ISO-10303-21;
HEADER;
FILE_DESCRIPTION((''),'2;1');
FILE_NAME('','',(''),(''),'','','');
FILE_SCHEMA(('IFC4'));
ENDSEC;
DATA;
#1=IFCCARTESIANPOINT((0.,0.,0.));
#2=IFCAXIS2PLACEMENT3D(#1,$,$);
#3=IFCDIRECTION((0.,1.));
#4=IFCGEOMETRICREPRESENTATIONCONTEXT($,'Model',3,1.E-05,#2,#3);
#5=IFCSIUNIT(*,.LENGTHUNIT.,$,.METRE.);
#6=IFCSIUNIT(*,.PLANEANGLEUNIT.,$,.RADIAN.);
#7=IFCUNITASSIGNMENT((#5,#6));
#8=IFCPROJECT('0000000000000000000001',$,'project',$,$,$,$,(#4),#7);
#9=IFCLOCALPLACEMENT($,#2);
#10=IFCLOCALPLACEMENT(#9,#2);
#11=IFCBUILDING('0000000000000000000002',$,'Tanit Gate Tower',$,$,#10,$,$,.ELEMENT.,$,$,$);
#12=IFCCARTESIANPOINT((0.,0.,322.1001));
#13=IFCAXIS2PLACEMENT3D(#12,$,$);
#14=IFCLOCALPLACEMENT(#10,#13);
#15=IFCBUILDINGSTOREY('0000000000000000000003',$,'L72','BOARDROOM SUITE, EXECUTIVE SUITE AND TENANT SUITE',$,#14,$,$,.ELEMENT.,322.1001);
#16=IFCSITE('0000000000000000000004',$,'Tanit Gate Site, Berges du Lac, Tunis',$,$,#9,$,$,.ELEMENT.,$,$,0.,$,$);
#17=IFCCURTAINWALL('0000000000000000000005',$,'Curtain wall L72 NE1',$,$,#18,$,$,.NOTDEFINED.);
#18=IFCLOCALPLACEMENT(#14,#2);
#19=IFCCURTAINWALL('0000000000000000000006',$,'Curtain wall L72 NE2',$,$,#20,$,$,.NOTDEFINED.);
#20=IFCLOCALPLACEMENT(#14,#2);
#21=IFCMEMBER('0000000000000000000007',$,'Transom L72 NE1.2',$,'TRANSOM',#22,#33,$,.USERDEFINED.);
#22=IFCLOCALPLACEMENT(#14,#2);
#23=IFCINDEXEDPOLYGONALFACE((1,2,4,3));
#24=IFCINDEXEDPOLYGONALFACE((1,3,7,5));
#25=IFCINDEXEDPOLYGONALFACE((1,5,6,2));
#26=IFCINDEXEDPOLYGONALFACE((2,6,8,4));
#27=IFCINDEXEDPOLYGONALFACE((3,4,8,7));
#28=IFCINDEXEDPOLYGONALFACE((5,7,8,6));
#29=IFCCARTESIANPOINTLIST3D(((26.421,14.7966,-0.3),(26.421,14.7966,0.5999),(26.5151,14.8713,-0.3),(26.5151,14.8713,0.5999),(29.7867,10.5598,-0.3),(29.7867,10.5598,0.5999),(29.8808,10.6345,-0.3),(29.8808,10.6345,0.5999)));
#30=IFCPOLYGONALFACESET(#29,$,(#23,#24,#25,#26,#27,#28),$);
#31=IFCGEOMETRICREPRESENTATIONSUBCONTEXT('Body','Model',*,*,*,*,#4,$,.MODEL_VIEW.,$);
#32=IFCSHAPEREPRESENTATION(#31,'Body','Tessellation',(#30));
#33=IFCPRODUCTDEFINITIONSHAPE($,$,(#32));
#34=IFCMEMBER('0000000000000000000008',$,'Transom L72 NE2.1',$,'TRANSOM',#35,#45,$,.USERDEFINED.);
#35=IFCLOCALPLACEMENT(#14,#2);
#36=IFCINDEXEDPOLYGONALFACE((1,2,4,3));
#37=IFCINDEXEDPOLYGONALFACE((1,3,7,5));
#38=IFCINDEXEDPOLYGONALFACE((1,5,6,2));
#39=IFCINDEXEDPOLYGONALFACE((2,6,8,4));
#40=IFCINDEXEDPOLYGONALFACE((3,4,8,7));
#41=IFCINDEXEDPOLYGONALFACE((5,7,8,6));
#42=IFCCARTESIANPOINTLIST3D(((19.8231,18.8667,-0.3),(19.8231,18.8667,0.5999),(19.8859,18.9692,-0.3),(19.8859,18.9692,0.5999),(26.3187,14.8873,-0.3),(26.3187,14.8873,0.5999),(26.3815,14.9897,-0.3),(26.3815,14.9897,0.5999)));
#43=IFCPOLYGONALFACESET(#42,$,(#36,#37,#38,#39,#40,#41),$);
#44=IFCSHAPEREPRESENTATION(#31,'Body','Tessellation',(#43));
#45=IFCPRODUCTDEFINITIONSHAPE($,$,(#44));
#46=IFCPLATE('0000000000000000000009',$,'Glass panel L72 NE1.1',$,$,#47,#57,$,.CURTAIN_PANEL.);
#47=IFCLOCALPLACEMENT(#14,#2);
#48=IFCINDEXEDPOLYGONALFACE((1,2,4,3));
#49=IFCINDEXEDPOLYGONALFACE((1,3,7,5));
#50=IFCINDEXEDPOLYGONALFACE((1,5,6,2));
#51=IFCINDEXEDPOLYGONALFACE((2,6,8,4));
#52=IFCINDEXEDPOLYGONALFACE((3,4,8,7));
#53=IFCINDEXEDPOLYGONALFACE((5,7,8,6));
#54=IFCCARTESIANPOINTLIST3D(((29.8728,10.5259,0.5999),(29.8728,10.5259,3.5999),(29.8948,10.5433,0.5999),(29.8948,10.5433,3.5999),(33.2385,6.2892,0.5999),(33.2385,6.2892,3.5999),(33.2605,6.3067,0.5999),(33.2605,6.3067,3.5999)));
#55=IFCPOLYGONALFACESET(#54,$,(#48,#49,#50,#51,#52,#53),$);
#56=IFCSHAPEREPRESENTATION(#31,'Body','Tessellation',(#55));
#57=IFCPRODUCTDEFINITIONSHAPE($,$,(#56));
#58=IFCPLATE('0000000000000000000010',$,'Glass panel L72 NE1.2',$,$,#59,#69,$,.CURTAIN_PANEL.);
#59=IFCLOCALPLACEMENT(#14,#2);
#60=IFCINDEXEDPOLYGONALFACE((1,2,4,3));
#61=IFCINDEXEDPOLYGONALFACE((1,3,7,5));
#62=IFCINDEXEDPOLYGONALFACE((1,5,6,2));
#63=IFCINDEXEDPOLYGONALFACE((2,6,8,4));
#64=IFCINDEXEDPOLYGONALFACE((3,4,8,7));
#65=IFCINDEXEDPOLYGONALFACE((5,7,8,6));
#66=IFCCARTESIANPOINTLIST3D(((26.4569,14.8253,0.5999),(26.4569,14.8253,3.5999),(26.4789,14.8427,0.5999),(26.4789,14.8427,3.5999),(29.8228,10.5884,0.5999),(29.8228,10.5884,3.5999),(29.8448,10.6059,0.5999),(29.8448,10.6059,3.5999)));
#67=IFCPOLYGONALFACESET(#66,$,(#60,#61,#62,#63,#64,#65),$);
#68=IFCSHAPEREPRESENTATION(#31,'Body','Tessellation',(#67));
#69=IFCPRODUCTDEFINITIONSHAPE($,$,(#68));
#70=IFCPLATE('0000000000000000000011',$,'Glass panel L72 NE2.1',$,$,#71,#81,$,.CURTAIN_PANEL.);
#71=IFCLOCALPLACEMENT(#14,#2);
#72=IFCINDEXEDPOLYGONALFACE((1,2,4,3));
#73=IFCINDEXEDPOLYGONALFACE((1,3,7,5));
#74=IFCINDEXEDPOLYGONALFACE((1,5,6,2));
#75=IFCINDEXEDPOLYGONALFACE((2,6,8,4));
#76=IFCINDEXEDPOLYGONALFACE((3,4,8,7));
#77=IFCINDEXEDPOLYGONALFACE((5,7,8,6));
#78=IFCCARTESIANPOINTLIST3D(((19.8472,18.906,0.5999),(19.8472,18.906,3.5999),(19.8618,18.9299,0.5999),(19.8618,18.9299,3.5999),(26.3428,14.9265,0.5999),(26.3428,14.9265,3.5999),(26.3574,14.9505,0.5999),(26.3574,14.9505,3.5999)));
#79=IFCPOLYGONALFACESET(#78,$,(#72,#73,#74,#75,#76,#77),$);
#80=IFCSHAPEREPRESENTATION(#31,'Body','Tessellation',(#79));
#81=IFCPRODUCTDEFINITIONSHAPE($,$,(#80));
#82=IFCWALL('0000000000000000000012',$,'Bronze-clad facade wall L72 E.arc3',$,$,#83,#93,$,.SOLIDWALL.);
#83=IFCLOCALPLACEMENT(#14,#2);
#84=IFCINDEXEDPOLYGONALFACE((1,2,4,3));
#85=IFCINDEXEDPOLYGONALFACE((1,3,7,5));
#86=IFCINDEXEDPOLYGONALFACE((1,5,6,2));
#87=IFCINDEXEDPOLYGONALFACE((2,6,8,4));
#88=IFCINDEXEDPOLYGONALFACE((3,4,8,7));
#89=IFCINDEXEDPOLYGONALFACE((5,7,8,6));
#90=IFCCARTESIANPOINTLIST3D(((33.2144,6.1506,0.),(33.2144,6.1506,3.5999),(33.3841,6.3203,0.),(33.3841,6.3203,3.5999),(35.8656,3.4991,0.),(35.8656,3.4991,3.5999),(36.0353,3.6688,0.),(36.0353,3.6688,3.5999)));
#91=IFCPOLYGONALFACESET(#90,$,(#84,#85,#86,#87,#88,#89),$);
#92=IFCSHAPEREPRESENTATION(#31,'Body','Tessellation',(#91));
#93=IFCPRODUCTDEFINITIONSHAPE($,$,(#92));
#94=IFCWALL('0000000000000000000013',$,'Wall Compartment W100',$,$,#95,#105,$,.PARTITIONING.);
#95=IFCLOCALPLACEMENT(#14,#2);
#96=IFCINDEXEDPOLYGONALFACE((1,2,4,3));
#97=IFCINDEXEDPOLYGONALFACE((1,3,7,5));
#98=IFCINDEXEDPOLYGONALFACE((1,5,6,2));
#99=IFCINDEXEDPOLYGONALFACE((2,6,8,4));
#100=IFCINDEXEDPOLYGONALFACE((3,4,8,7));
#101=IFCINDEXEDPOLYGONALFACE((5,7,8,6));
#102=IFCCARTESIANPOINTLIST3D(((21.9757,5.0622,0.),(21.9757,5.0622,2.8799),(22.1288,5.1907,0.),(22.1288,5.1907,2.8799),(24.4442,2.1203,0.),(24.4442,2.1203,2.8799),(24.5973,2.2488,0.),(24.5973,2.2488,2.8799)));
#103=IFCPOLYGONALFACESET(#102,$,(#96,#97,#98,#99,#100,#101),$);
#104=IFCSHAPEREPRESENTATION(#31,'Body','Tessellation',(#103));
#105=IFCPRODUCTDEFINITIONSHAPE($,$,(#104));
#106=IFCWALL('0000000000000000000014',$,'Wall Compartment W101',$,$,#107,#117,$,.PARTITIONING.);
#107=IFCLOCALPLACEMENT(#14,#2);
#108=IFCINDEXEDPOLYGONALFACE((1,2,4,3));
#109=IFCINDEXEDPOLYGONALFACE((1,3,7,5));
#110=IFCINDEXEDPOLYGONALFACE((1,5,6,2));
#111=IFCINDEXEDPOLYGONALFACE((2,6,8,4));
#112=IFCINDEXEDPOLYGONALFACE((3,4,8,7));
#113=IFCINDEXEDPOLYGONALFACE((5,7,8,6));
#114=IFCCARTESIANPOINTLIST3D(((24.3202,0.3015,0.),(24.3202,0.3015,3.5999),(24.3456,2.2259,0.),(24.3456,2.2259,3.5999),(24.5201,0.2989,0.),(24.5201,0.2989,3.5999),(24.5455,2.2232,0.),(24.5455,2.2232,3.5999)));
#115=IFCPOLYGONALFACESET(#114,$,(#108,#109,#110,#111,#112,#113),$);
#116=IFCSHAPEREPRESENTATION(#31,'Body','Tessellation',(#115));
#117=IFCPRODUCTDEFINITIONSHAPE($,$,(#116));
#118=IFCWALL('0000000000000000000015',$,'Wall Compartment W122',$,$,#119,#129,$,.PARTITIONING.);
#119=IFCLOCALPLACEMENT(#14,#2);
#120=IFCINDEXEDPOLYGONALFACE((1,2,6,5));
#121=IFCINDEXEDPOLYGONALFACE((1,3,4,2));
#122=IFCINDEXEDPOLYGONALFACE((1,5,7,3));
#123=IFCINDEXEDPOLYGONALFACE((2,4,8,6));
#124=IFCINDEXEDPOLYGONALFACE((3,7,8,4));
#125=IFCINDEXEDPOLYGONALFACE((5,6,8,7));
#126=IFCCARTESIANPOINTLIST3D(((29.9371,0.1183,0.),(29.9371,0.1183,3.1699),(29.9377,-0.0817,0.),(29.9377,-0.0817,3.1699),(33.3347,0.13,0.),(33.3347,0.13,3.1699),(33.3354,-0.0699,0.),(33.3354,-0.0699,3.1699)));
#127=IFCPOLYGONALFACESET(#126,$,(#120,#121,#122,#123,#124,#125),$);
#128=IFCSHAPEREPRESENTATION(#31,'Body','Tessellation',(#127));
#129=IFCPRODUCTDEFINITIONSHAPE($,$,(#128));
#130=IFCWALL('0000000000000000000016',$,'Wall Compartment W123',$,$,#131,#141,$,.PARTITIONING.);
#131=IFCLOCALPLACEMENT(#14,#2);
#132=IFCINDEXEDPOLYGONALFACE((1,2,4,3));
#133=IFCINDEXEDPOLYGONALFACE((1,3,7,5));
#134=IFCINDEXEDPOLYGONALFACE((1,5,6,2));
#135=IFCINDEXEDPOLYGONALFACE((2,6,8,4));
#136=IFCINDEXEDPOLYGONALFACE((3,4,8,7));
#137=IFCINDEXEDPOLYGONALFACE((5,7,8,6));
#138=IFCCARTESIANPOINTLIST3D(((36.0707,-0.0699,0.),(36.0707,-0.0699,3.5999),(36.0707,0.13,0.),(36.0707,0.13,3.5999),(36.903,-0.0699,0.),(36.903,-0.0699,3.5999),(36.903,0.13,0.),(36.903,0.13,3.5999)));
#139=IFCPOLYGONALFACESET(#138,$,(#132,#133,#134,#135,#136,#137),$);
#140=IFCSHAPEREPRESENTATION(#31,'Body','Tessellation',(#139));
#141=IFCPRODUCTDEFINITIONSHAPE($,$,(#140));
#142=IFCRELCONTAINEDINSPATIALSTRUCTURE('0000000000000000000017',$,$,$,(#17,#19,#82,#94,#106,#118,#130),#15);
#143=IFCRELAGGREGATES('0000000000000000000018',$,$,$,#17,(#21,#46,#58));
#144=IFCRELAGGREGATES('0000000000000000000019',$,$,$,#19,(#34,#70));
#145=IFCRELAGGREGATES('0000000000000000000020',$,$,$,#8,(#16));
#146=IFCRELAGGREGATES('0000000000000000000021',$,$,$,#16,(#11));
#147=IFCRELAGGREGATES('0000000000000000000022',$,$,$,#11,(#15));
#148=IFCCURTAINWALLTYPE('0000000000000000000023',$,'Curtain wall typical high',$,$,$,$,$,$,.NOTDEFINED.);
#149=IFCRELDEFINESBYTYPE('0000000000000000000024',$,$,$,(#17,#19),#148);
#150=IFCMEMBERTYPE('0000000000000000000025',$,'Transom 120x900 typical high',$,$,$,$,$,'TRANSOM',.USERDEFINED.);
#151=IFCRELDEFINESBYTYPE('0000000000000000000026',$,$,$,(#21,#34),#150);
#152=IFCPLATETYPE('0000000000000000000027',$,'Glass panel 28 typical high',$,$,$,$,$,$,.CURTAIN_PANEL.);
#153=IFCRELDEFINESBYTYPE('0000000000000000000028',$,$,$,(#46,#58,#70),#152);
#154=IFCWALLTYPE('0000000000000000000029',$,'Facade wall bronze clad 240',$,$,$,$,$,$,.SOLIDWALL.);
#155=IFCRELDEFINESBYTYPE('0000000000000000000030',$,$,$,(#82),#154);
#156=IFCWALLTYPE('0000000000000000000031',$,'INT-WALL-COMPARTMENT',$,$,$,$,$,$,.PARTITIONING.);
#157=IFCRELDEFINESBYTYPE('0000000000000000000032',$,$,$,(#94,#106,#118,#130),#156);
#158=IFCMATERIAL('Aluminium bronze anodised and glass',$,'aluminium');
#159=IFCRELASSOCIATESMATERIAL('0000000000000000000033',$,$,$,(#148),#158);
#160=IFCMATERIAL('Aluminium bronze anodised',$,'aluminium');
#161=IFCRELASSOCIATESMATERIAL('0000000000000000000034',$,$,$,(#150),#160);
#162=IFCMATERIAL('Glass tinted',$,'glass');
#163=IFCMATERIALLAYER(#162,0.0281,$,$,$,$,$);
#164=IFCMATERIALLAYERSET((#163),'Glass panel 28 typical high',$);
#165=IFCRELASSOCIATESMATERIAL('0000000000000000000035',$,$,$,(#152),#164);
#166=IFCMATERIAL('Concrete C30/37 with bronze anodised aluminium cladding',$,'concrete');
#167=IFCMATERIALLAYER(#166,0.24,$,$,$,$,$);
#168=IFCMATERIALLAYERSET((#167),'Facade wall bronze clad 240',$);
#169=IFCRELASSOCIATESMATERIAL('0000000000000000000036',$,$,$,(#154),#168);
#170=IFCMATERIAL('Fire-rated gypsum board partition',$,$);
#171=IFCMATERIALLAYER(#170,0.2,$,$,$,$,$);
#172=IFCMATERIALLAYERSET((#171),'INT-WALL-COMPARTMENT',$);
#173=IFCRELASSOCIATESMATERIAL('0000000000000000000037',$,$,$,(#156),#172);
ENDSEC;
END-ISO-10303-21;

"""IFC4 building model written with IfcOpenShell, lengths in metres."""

from ifc_helpers import new_model, si_unit, direction, frame, frame_2d, origin, origin_2d, place, context, subcontext, project, spatial, rectangle, extrude, material, layer, layer_set, material_profile, profile_set, type_object, element, aggregate, save


model = new_model("IFC4")

# Units and contexts
model_context = context("Model", 3, precision=1e-05, world=origin(), true_north=direction((0.0, 1.0)))
body_context = subcontext(model_context, "Body", "Model", "MODEL_VIEW")
ifc_project = project(units=[si_unit("LENGTHUNIT", "METRE"), si_unit("PLANEANGLEUNIT", "RADIAN")], contexts=[model_context])

# Site, building, storey
site_placement = place(None, origin())
site = spatial("IfcSite", under=ifc_project, at=site_placement, Name="Tanit Gate Site, Berges du Lac, Tunis", CompositionType="ELEMENT", RefElevation=0.0)
building_placement = place(site_placement, origin())
building = spatial("IfcBuilding", under=site, at=building_placement, Name="Tanit Gate Tower", CompositionType="ELEMENT")
storey_placement = place(building_placement, frame((0.0, 0.0, 322.1001)))
storey = spatial("IfcBuildingStorey", under=building, at=storey_placement, Name="L72", Description="BOARDROOM SUITE, EXECUTIVE SUITE AND TENANT SUITE", CompositionType="ELEMENT", Elevation=322.1001)

# Curtain walls
ifc_material_1 = material(Name="Aluminium bronze anodised and glass", Category="aluminium")
curtain_wall_type = type_object("IfcCurtainWallType", Name="Curtain wall typical high", PredefinedType="NOTDEFINED", material=ifc_material_1)
curtain_wall_1_placement = place(storey_placement, origin())
curtain_wall_1 = element("IfcCurtainWall", 1, at=curtain_wall_1_placement, inside=storey, type_object=curtain_wall_type, Name="Curtain wall L72 NE1", PredefinedType="NOTDEFINED")
curtain_wall_2_placement = place(storey_placement, origin())
curtain_wall_2 = element("IfcCurtainWall", 2, at=curtain_wall_2_placement, inside=storey, type_object=curtain_wall_type, Name="Curtain wall L72 NE2", PredefinedType="NOTDEFINED")

# Members
ifc_material_2 = material(Name="Aluminium bronze anodised", Category="aluminium")
ifc_material_profile_1 = material_profile(ifc_material_2, rectangle(XDim=0.1201, YDim=0.8999, at=origin_2d()), Name="120x900 bronze transom")
ifc_profile_set_1 = profile_set([ifc_material_profile_1], Name="Aluminium bronze anodised")
member_type_1 = type_object("IfcMemberType", Name="Transom 120x900 typical high", ElementType="TRANSOM", PredefinedType="USERDEFINED", material=ifc_profile_set_1)
member_1_placement = place(storey_placement, frame((29.8337, 10.5972, 0.1499), z_axis=(-0.622017, 0.783004, 0.0), x_axis=(-0.783004, -0.622017, 0.0)))
member_1 = element("IfcMember", 3, at=member_1_placement, type_object=member_type_1, Name="Transom L72 NE1.2", ObjectType="TRANSOM", PredefinedType="USERDEFINED", context=body_context, shape_type="SweptSolid", body=[
    extrude(rectangle(XDim=0.1201, YDim=0.8999, at=origin_2d()), origin(), (0.0, 0.0, 1.0), 5.4109),
])
member_2_placement = place(storey_placement, frame((26.3501, 14.9385, 0.1499), z_axis=(-0.8527, 0.522401, 0.0), x_axis=(-0.522401, -0.8527, 0.0)))
member_2 = element("IfcMember", 4, at=member_2_placement, type_object=member_type_1, Name="Transom L72 NE2.1", ObjectType="TRANSOM", PredefinedType="USERDEFINED", context=body_context, shape_type="SweptSolid", body=[
    extrude(rectangle(XDim=0.1201, YDim=0.8999, at=origin_2d()), origin(), (0.0, 0.0, 1.0), 7.6177),
])

# Plates
ifc_material_3 = material(Name="Glass tinted", Category="glass")
ifc_layer_1 = layer(ifc_material_3, 0.0281)
ifc_layer_set_1 = layer_set([ifc_layer_1], Name="Glass panel 28 typical high")
plate_type = type_object("IfcPlateType", Name="Glass panel 28 typical high", PredefinedType="CURTAIN_PANEL", material=ifc_layer_set_1)
plate_1_placement = place(storey_placement, frame((31.5667, 8.4163, 0.5999), z_axis=(0.0, 0.0, 1.0), x_axis=(-0.622036, 0.782989, 0.0)))
plate_1 = element("IfcPlate", 5, at=plate_1_placement, type_object=plate_type, Name="Glass panel L72 NE1.1", PredefinedType="CURTAIN_PANEL", context=body_context, shape_type="SweptSolid", body=[
    extrude(rectangle(XDim=5.4109, YDim=0.0281, at=origin_2d()), origin(), (0.0, 0.0, 1.0), 3.0),
])
plate_2_placement = place(storey_placement, frame((28.1509, 12.7156, 0.5999), z_axis=(0.0, 0.0, 1.0), x_axis=(-0.622036, 0.782989, 0.0)))
plate_2 = element("IfcPlate", 6, at=plate_2_placement, type_object=plate_type, Name="Glass panel L72 NE1.2", PredefinedType="CURTAIN_PANEL", context=body_context, shape_type="SweptSolid", body=[
    extrude(rectangle(XDim=5.4111, YDim=0.0281, at=origin_2d()), origin(), (0.0, 0.0, 1.0), 3.0),
])
aggregate(curtain_wall_1, [member_1, plate_1, plate_2])
plate_3_placement = place(storey_placement, frame((23.1023, 16.9282, 0.5999), z_axis=(0.0, 0.0, 1.0), x_axis=(-0.8527, 0.522401, 0.0)))
plate_3 = element("IfcPlate", 7, at=plate_3_placement, type_object=plate_type, Name="Glass panel L72 NE2.1", PredefinedType="CURTAIN_PANEL", context=body_context, shape_type="SweptSolid", body=[
    extrude(rectangle(XDim=7.6177, YDim=0.0281, at=origin_2d()), origin(), (0.0, 0.0, 1.0), 3.0),
])
aggregate(curtain_wall_2, [member_2, plate_3])

# Walls
ifc_material_4 = material(Name="Concrete C30/37 with bronze anodised aluminium cladding", Category="concrete")
ifc_layer_2 = layer(ifc_material_4, 0.24)
ifc_layer_set_2 = layer_set([ifc_layer_2], Name="Facade wall bronze clad 240")
wall_type_1 = type_object("IfcWallType", Name="Facade wall bronze clad 240", PredefinedType="SOLIDWALL", material=ifc_layer_set_2)
wall_1_placement = place(storey_placement, frame((35.9504, 3.584, 0.0), z_axis=(0.0, 0.0, 1.0), x_axis=(-0.707074, 0.707139, 0.0)))
element("IfcWall", 8, at=wall_1_placement, inside=storey, type_object=wall_type_1, Name="Bronze-clad facade wall L72 E.arc3", PredefinedType="SOLIDWALL", context=body_context, shape_type="SweptSolid", body=[
    extrude(rectangle(XDim=3.7495, YDim=0.24, at=frame_2d((1.8748, 0.0))), origin(), (0.0, 0.0, 1.0), 3.5999),
])
ifc_material_5 = material(Name="Fire-rated gypsum board partition")
ifc_layer_3 = layer(ifc_material_5, 0.2)
ifc_layer_set_3 = layer_set([ifc_layer_3], Name="INT-WALL-COMPARTMENT")
wall_type_2 = type_object("IfcWallType", Name="INT-WALL-COMPARTMENT", PredefinedType="PARTITIONING", material=ifc_layer_set_3)
wall_2_placement = place(storey_placement, frame((24.5208, 2.1846, 0.0), z_axis=(0.0, 0.0, 1.0), x_axis=(-0.642782, 0.766049, 0.0)))
element("IfcWall", 9, at=wall_2_placement, inside=storey, type_object=wall_type_2, Name="Wall Compartment W100", PredefinedType="PARTITIONING", context=body_context, shape_type="SweptSolid", body=[
    extrude(rectangle(XDim=3.8403, YDim=0.2, at=frame_2d((1.9202, 0.0))), origin(), (0.0, 0.0, 1.0), 2.8799),
])
wall_3_placement = place(storey_placement, frame((24.4202, 0.3, 0.0), z_axis=(0.0, 0.0, 1.0), x_axis=(0.013193, 0.999913, 0.0)))
element("IfcWall", 10, at=wall_3_placement, inside=storey, type_object=wall_type_2, Name="Wall Compartment W101", PredefinedType="PARTITIONING", context=body_context, shape_type="SweptSolid", body=[
    extrude(rectangle(XDim=1.9246, YDim=0.2, at=frame_2d((0.9624, 0.0))), origin(), (0.0, 0.0, 1.0), 3.5999),
])
wall_4_placement = place(storey_placement, frame((33.335, 0.03, 0.0), z_axis=(0.0, 0.0, 1.0), x_axis=(-0.999994, -0.003449, 0.0)))
element("IfcWall", 11, at=wall_4_placement, inside=storey, type_object=wall_type_2, Name="Wall Compartment W122", PredefinedType="PARTITIONING", context=body_context, shape_type="SweptSolid", body=[
    extrude(rectangle(XDim=3.3977, YDim=0.2, at=frame_2d((1.6987, 0.0))), origin(), (0.0, 0.0, 1.0), 3.1699),
])
wall_5_placement = place(storey_placement, frame((36.9028, 0.03, 0.0), z_axis=(0.0, 0.0, 1.0), x_axis=(-1.0, 0.0, 0.0)))
element("IfcWall", 12, at=wall_5_placement, inside=storey, type_object=wall_type_2, Name="Wall Compartment W123", PredefinedType="PARTITIONING", context=body_context, shape_type="SweptSolid", body=[
    extrude(rectangle(XDim=0.8323, YDim=0.2, at=frame_2d((0.416, 0.0))), origin(), (0.0, 0.0, 1.0), 3.5999),
])

save(model, "model.ifc")
